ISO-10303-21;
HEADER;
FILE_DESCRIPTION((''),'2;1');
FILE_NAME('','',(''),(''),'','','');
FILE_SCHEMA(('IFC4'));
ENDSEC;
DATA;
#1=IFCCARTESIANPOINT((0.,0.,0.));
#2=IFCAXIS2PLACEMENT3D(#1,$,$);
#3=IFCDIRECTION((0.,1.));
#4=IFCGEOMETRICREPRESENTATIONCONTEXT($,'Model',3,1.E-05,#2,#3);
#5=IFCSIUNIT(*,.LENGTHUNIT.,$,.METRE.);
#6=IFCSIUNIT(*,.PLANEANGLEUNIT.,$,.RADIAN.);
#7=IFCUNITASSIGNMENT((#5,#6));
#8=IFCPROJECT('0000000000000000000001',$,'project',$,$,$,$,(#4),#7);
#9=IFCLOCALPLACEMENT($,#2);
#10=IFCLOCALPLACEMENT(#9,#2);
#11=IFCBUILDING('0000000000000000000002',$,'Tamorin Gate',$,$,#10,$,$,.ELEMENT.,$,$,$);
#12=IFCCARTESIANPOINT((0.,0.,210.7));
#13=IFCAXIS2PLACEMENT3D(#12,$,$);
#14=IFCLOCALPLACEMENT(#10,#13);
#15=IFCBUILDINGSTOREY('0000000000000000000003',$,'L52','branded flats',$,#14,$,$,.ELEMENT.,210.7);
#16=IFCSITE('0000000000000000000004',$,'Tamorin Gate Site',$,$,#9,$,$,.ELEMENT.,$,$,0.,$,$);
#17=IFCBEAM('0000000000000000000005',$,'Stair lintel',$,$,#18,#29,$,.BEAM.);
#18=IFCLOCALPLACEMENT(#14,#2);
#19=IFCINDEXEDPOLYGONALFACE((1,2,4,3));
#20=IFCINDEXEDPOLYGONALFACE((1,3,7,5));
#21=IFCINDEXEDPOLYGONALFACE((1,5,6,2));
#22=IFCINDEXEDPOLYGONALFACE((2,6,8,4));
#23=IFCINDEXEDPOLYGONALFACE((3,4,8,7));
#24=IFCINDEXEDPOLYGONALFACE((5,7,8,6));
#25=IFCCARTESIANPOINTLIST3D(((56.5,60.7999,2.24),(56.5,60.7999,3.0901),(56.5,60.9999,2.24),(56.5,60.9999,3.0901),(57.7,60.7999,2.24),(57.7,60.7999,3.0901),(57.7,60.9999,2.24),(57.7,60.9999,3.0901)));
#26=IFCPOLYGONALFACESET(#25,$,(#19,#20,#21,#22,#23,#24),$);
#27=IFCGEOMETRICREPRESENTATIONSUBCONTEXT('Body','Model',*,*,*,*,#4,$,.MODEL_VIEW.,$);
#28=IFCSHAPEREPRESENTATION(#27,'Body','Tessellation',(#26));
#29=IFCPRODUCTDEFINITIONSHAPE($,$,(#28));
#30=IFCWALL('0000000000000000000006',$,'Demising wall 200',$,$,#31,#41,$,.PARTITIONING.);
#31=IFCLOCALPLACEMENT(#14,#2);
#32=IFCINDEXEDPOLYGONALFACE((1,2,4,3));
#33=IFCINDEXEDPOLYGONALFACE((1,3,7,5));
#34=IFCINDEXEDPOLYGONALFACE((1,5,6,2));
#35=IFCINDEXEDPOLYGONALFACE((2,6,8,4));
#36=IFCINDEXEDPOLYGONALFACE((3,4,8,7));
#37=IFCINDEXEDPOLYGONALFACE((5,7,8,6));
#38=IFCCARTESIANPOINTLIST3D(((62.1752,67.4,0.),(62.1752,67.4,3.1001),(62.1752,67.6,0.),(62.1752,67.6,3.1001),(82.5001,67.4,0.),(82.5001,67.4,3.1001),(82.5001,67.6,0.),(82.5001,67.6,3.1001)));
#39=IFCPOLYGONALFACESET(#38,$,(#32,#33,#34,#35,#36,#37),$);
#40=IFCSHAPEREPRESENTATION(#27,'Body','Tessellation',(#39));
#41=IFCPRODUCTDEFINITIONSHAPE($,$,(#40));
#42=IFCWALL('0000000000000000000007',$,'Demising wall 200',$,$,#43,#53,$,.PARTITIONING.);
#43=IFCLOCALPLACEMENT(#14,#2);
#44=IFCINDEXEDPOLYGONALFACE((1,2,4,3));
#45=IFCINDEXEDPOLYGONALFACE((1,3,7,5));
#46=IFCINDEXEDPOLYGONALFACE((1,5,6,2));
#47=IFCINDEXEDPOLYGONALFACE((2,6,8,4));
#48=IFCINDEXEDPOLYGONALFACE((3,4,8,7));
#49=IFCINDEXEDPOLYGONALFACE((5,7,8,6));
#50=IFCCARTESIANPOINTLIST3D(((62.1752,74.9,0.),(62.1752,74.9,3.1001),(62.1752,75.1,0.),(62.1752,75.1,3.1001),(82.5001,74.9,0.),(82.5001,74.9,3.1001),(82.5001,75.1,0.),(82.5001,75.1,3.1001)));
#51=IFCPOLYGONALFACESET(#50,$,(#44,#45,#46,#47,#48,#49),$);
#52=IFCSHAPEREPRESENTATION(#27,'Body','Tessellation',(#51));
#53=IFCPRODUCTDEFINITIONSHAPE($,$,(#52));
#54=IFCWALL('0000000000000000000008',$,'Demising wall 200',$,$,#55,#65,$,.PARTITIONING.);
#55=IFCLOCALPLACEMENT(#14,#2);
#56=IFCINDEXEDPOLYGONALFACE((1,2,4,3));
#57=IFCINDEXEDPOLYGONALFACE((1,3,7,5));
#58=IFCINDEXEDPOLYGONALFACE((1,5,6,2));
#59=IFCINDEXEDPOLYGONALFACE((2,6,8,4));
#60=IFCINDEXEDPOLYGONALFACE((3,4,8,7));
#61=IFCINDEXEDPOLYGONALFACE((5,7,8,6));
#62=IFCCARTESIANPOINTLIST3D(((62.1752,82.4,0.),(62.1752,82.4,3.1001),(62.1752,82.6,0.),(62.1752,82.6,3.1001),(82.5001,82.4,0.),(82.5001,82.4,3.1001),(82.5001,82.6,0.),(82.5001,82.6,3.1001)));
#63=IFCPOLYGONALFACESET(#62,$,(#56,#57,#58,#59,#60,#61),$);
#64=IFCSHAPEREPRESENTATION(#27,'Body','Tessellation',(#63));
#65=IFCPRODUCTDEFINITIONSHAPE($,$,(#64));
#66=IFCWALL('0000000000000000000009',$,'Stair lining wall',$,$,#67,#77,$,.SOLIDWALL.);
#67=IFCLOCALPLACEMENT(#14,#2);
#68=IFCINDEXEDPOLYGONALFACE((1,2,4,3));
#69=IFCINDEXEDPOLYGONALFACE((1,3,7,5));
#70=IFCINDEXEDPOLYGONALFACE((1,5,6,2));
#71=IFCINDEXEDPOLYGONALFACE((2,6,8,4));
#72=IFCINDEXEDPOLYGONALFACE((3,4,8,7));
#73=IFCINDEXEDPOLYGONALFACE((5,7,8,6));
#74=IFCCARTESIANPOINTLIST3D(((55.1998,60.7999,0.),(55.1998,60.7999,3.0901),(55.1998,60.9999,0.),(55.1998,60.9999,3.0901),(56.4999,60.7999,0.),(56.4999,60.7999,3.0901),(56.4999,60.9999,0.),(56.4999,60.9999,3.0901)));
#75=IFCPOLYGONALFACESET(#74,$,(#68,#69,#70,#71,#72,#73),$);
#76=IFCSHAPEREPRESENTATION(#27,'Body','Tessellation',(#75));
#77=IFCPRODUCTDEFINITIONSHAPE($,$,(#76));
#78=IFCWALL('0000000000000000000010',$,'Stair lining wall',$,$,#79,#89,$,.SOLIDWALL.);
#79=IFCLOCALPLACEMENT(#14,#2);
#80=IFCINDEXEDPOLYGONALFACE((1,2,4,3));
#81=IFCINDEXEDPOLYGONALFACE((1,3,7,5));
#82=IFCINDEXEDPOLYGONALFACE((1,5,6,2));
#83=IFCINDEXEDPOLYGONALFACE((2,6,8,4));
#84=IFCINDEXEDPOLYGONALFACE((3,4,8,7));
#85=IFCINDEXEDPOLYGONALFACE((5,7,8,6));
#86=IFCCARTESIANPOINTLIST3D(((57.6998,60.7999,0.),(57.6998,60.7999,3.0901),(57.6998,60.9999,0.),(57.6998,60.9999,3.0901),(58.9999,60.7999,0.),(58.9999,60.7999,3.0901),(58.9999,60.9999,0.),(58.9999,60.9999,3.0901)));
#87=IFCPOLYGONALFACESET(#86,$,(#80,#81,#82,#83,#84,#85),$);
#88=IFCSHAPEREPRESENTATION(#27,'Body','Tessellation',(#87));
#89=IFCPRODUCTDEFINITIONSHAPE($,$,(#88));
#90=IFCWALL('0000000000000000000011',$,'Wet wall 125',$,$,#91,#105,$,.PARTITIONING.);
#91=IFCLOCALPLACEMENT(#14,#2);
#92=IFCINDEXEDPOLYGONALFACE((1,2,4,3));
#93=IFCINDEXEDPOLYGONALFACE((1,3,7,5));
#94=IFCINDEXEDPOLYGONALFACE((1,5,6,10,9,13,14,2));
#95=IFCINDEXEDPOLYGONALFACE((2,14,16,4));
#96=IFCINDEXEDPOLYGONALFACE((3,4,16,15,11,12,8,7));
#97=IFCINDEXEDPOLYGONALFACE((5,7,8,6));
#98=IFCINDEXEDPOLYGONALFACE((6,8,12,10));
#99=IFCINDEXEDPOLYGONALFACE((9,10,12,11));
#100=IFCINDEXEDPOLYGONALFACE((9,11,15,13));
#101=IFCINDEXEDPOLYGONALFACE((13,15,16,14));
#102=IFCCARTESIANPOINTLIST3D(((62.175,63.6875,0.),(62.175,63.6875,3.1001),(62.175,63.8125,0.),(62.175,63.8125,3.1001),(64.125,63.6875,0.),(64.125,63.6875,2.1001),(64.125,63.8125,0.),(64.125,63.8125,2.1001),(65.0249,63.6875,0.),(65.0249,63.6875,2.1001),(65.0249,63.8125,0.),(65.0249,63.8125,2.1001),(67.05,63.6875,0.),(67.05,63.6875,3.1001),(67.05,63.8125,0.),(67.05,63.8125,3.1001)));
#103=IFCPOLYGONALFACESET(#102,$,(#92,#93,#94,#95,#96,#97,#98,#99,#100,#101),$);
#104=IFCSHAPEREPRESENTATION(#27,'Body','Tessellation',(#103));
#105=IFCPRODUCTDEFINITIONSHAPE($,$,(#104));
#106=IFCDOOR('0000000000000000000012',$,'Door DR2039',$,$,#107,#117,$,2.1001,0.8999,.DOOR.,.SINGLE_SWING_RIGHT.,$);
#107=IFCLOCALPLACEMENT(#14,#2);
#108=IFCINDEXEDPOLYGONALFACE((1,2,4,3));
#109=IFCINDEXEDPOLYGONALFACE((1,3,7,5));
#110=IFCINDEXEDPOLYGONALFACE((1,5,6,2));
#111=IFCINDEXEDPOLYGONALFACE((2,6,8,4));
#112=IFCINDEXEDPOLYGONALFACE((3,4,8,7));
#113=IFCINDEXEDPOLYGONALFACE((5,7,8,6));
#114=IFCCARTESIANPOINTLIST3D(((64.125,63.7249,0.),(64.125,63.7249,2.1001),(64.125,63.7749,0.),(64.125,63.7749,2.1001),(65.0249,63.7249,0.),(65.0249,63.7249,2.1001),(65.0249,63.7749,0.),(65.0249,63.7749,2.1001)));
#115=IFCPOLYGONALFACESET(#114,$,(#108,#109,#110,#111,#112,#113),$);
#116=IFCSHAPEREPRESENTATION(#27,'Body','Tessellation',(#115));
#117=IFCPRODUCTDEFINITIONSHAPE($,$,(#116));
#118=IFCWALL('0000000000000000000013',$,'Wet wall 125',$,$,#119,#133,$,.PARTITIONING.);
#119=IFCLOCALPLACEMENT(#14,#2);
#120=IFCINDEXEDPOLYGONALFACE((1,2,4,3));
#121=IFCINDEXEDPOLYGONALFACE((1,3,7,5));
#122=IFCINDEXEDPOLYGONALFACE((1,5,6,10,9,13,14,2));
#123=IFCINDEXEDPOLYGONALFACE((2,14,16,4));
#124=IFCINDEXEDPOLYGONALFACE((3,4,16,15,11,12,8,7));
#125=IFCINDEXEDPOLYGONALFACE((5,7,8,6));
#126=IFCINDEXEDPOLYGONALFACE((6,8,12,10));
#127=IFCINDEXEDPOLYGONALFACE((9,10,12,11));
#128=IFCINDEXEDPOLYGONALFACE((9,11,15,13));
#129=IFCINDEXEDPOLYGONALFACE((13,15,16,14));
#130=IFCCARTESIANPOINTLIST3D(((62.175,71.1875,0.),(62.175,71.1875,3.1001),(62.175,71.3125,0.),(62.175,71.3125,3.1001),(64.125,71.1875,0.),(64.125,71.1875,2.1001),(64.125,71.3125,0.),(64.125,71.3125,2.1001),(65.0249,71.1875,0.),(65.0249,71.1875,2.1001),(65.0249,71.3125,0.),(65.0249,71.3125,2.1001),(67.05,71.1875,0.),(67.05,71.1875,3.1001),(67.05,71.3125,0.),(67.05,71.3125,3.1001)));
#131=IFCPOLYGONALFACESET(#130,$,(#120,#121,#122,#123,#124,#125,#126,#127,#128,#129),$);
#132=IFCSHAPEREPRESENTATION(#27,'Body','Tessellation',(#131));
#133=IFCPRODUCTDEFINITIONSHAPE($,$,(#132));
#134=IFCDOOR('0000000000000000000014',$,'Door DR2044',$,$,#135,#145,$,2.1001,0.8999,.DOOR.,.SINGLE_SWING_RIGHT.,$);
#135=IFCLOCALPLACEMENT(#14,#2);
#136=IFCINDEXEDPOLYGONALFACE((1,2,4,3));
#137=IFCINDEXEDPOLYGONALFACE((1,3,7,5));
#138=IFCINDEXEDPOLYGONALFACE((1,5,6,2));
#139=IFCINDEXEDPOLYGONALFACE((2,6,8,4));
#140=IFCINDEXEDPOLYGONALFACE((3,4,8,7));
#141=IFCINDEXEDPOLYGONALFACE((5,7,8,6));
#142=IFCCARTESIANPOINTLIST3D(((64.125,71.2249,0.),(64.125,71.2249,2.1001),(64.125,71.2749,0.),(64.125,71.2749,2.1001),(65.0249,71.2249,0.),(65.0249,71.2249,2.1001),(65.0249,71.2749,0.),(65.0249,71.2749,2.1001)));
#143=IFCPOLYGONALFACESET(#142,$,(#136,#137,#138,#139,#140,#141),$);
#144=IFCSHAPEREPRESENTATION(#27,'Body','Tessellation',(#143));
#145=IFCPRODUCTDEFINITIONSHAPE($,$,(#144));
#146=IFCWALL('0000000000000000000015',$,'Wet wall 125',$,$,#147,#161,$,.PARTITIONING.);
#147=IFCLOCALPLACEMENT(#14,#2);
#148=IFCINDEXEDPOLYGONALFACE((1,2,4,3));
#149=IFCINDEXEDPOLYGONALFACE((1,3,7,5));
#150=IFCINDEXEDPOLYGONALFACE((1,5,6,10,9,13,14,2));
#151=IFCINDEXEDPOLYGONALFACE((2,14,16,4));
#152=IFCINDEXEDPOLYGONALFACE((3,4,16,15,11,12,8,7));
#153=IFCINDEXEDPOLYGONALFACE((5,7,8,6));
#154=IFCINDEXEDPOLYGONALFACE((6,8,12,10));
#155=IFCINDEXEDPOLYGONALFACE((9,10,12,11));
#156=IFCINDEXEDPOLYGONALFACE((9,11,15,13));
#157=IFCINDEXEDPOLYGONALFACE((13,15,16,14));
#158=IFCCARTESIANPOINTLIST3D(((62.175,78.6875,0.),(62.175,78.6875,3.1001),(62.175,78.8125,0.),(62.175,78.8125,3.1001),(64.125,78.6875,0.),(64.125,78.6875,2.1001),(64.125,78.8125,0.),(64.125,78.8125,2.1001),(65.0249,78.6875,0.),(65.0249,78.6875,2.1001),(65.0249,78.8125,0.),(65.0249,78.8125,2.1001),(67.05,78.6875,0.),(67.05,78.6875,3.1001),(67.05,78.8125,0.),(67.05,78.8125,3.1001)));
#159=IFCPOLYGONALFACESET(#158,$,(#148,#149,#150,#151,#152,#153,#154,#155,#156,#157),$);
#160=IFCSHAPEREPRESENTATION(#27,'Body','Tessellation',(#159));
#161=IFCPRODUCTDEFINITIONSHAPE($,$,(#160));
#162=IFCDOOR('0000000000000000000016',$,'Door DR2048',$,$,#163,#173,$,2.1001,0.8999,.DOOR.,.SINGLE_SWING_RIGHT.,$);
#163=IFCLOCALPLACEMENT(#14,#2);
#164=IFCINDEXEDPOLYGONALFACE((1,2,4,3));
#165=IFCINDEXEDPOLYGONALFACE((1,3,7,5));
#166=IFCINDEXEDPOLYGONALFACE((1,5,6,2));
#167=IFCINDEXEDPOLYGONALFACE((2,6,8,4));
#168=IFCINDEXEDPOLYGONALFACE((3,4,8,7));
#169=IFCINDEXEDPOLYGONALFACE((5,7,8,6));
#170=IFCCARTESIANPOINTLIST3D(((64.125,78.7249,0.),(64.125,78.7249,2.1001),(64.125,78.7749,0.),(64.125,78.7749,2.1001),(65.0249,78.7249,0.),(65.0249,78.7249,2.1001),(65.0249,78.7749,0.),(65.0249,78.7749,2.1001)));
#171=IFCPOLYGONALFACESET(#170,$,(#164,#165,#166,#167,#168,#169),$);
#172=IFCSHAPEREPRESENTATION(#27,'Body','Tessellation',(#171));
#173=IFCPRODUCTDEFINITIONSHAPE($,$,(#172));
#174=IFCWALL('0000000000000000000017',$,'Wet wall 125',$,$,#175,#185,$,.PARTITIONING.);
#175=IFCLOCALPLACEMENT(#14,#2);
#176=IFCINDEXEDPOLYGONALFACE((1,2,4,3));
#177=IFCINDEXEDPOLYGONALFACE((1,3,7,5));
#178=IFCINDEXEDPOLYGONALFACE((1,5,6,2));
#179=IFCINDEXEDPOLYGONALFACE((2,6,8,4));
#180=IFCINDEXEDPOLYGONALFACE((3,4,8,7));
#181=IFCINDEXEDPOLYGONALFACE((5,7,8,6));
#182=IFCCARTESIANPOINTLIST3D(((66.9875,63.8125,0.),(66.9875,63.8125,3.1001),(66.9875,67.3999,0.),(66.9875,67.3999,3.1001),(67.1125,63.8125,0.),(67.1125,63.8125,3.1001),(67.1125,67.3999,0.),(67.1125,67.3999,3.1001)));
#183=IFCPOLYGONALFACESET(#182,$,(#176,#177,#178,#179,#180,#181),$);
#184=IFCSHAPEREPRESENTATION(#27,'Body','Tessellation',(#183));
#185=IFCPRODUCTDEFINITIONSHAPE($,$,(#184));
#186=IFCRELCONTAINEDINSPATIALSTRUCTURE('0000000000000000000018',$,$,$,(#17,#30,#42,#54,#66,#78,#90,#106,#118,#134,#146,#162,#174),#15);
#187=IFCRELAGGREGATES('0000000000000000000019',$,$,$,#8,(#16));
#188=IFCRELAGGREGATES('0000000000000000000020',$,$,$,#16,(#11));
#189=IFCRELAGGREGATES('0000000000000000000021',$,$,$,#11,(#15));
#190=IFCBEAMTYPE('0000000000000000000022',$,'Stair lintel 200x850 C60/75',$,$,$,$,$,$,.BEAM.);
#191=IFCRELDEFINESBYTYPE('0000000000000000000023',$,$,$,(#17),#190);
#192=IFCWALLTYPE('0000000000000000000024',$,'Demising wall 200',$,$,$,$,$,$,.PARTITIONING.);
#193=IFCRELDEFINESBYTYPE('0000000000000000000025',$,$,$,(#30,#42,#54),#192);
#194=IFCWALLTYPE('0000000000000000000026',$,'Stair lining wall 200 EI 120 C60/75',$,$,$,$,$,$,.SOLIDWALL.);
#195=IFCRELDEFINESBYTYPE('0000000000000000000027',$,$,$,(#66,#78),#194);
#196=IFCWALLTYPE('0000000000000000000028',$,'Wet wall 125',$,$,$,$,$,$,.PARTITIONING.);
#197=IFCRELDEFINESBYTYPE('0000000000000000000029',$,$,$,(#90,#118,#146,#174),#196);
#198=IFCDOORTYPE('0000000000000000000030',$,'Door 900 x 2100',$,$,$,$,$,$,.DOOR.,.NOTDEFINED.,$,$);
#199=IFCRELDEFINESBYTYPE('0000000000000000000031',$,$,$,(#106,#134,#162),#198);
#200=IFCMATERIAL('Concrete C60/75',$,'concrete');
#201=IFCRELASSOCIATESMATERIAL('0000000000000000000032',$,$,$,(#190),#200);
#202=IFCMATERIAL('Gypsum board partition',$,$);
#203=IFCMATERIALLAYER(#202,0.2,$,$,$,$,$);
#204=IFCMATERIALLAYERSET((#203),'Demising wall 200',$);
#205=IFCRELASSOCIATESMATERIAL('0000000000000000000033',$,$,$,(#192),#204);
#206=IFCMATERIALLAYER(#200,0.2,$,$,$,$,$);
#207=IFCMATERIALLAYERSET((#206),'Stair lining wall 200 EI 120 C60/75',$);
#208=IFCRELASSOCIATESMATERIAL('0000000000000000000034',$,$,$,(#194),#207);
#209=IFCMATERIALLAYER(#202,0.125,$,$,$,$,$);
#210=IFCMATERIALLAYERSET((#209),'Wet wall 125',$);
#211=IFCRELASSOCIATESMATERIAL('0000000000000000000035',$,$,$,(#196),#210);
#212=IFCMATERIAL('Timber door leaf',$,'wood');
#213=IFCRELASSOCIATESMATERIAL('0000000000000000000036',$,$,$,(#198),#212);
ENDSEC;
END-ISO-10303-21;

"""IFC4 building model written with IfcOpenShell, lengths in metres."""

from ifc_helpers import new_model, si_unit, direction, frame, frame_2d, origin, origin_2d, place, context, subcontext, project, spatial, rectangle, extrude, material, layer, layer_set, material_profile, profile_set, type_object, element, fill, save


model = new_model("IFC4")

# Units and contexts
model_context = context("Model", 3, precision=1e-05, world=origin(), true_north=direction((0.0, 1.0)))
body_context = subcontext(model_context, "Body", "Model", "MODEL_VIEW")
ifc_project = project(units=[si_unit("LENGTHUNIT", "METRE"), si_unit("PLANEANGLEUNIT", "RADIAN")], contexts=[model_context])

# Site, building, storey
site_placement = place(None, origin())
site = spatial("IfcSite", under=ifc_project, at=site_placement, Name="Tamorin Gate Site", CompositionType="ELEMENT", RefElevation=0.0)
building_placement = place(site_placement, origin())
building = spatial("IfcBuilding", under=site, at=building_placement, Name="Tamorin Gate", CompositionType="ELEMENT")
storey_placement = place(building_placement, frame((0.0, 0.0, 210.7)))
storey = spatial("IfcBuildingStorey", under=building, at=storey_placement, Name="L52", Description="branded flats", CompositionType="ELEMENT", Elevation=210.7)

# Beam
ifc_material_1 = material(Name="Concrete C60/75", Category="concrete")
ifc_material_profile = material_profile(ifc_material_1, rectangle(XDim=0.2, YDim=0.8501, at=origin_2d()))
ifc_profile_set = profile_set([ifc_material_profile], Name="Concrete C60/75")
beam_type = type_object("IfcBeamType", Name="Stair lintel 200x850 C60/75", PredefinedType="BEAM", material=ifc_profile_set)
beam_placement = place(storey_placement, frame((56.5, 60.8999, 2.665), z_axis=(1.0, 0.0, 0.0), x_axis=(0.0, 1.0, 0.0)))
element("IfcBeam", 1, at=beam_placement, inside=storey, type_object=beam_type, Name="Stair lintel", PredefinedType="BEAM", context=body_context, shape_type="SweptSolid", body=[
    extrude(rectangle(XDim=0.2, YDim=0.8501, at=origin_2d()), origin(), (0.0, 0.0, 1.0), 1.2),
])

# Walls
ifc_material_2 = material(Name="Gypsum board partition")
ifc_layer_1 = layer(ifc_material_2, 0.2)
ifc_layer_set_1 = layer_set([ifc_layer_1], Name="Demising wall 200")
wall_type_1 = type_object("IfcWallType", Name="Demising wall 200", PredefinedType="PARTITIONING", material=ifc_layer_set_1)
for number, where, z_axis, x_axis, name in (
    (2, (62.175, 67.5, 0.0), (0.0, 0.0, 1.0), (1.0, 0.0, 0.0), "Demising wall 200"),
    (3, (62.175, 75.0, 0.0), (0.0, 0.0, 1.0), (1.0, 0.0, 0.0), "Demising wall 200"),
    (4, (62.175, 82.5, 0.0), (0.0, 0.0, 1.0), (1.0, 0.0, 0.0), "Demising wall 200"),
):
    element("IfcWall", number, at=place(storey_placement, frame(where, z_axis=z_axis, x_axis=x_axis)), inside=storey, type_object=wall_type_1, Name=name, PredefinedType="PARTITIONING", context=body_context, shape_type="SweptSolid", body=[
        extrude(rectangle(XDim=20.325, YDim=0.2, at=frame_2d((10.1626, 0.0))), origin(), (0.0, 0.0, 1.0), 3.1001),
    ])
ifc_layer_2 = layer(ifc_material_1, 0.2)
ifc_layer_set_2 = layer_set([ifc_layer_2], Name="Stair lining wall 200 EI 120 C60/75")
wall_type_2 = type_object("IfcWallType", Name="Stair lining wall 200 EI 120 C60/75", PredefinedType="SOLIDWALL", material=ifc_layer_set_2)
for number, where, z_axis, x_axis, name in (
    (5, (55.2, 60.8999, 0.0), (0.0, 0.0, 1.0), (1.0, 0.0, 0.0), "Stair lining wall"),
    (6, (57.7, 60.8999, 0.0), (0.0, 0.0, 1.0), (1.0, 0.0, 0.0), "Stair lining wall"),
):
    element("IfcWall", number, at=place(storey_placement, frame(where, z_axis=z_axis, x_axis=x_axis)), inside=storey, type_object=wall_type_2, Name=name, PredefinedType="SOLIDWALL", context=body_context, shape_type="SweptSolid", body=[
        extrude(rectangle(XDim=1.3, YDim=0.2, at=frame_2d((0.6499, 0.0))), origin(), (0.0, 0.0, 1.0), 3.0901),
    ])

# Walls, openings, doors
ifc_layer_3 = layer(ifc_material_2, 0.125)
ifc_layer_set_3 = layer_set([ifc_layer_3], Name="Wet wall 125")
wall_type_3 = type_object("IfcWallType", Name="Wet wall 125", PredefinedType="PARTITIONING", material=ifc_layer_set_3)
wall_1_placement = place(storey_placement, frame((62.175, 63.75, 0.0), z_axis=(0.0, 0.0, 1.0), x_axis=(1.0, 0.0, 0.0)))
wall_1 = element("IfcWall", 7, at=wall_1_placement, inside=storey, type_object=wall_type_3, Name="Wet wall 125", PredefinedType="PARTITIONING", context=body_context, shape_type="SweptSolid", body=[
    extrude(rectangle(XDim=4.875, YDim=0.125, at=frame_2d((2.4375, 0.0))), origin(), (0.0, 0.0, 1.0), 3.1001),
])
opening_1_placement = place(wall_1_placement, frame((1.95, 0.0, 0.0)))
opening_1 = element("IfcOpeningElement", 8, at=opening_1_placement, cuts=wall_1, PredefinedType="OPENING", context=body_context, shape_type="SweptSolid", body=[
    extrude(rectangle(XDim=0.8999, YDim=2.1001, at=frame_2d((0.45, 1.05))), frame((0.0, 0.0725, 0.0), z_axis=(0.0, -1.0, 0.0), x_axis=(1.0, 0.0, 0.0)), (0.0, 0.0, 1.0), 0.145),
])
ifc_material_3 = material(Name="Timber door leaf", Category="wood")
door_type = type_object("IfcDoorType", Name="Door 900 x 2100", OperationType="NOTDEFINED", PredefinedType="DOOR", material=ifc_material_3)
door_1_placement = place(opening_1_placement, origin())
door_1 = element("IfcDoor", 9, at=door_1_placement, inside=storey, type_object=door_type, Name="Door DR2039", OperationType="SINGLE_SWING_RIGHT", OverallHeight=2.1001, OverallWidth=0.8999, PredefinedType="DOOR", context=body_context, shape_type="SweptSolid", body=[
    extrude(rectangle(XDim=0.8999, YDim=2.1001, at=frame_2d((0.45, 1.05))), frame((0.0, 0.0249, 0.0), z_axis=(0.0, -1.0, 0.0), x_axis=(1.0, 0.0, 0.0)), (0.0, 0.0, 1.0), 0.05),
])
fill(opening_1, door_1)
wall_2_placement = place(storey_placement, frame((62.175, 71.25, 0.0), z_axis=(0.0, 0.0, 1.0), x_axis=(1.0, 0.0, 0.0)))
wall_2 = element("IfcWall", 10, at=wall_2_placement, inside=storey, type_object=wall_type_3, Name="Wet wall 125", PredefinedType="PARTITIONING", context=body_context, shape_type="SweptSolid", body=[
    extrude(rectangle(XDim=4.875, YDim=0.125, at=frame_2d((2.4375, 0.0))), origin(), (0.0, 0.0, 1.0), 3.1001),
])
opening_2_placement = place(wall_2_placement, frame((1.95, 0.0, 0.0)))
opening_2 = element("IfcOpeningElement", 11, at=opening_2_placement, cuts=wall_2, PredefinedType="OPENING", context=body_context, shape_type="SweptSolid", body=[
    extrude(rectangle(XDim=0.8999, YDim=2.1001, at=frame_2d((0.45, 1.05))), frame((0.0, 0.0725, 0.0), z_axis=(0.0, -1.0, 0.0), x_axis=(1.0, 0.0, 0.0)), (0.0, 0.0, 1.0), 0.145),
])
door_2_placement = place(opening_2_placement, origin())
door_2 = element("IfcDoor", 12, at=door_2_placement, inside=storey, type_object=door_type, Name="Door DR2044", OperationType="SINGLE_SWING_RIGHT", OverallHeight=2.1001, OverallWidth=0.8999, PredefinedType="DOOR", context=body_context, shape_type="SweptSolid", body=[
    extrude(rectangle(XDim=0.8999, YDim=2.1001, at=frame_2d((0.45, 1.05))), frame((0.0, 0.0249, 0.0), z_axis=(0.0, -1.0, 0.0), x_axis=(1.0, 0.0, 0.0)), (0.0, 0.0, 1.0), 0.05),
])
fill(opening_2, door_2)
wall_3_placement = place(storey_placement, frame((62.175, 78.75, 0.0), z_axis=(0.0, 0.0, 1.0), x_axis=(1.0, 0.0, 0.0)))
wall_3 = element("IfcWall", 13, at=wall_3_placement, inside=storey, type_object=wall_type_3, Name="Wet wall 125", PredefinedType="PARTITIONING", context=body_context, shape_type="SweptSolid", body=[
    extrude(rectangle(XDim=4.875, YDim=0.125, at=frame_2d((2.4375, 0.0))), origin(), (0.0, 0.0, 1.0), 3.1001),
])
opening_3_placement = place(wall_3_placement, frame((1.95, 0.0, 0.0)))
opening_3 = element("IfcOpeningElement", 14, at=opening_3_placement, cuts=wall_3, PredefinedType="OPENING", context=body_context, shape_type="SweptSolid", body=[
    extrude(rectangle(XDim=0.8999, YDim=2.1001, at=frame_2d((0.45, 1.05))), frame((0.0, 0.0725, 0.0), z_axis=(0.0, -1.0, 0.0), x_axis=(1.0, 0.0, 0.0)), (0.0, 0.0, 1.0), 0.145),
])
door_3_placement = place(opening_3_placement, origin())
door_3 = element("IfcDoor", 15, at=door_3_placement, inside=storey, type_object=door_type, Name="Door DR2048", OperationType="SINGLE_SWING_RIGHT", OverallHeight=2.1001, OverallWidth=0.8999, PredefinedType="DOOR", context=body_context, shape_type="SweptSolid", body=[
    extrude(rectangle(XDim=0.8999, YDim=2.1001, at=frame_2d((0.45, 1.05))), frame((0.0, 0.0249, 0.0), z_axis=(0.0, -1.0, 0.0), x_axis=(1.0, 0.0, 0.0)), (0.0, 0.0, 1.0), 0.05),
])
fill(opening_3, door_3)

# Wall
for number, where, z_axis, x_axis, name in (
    (16, (67.05, 63.8125, 0.0), (0.0, 0.0, 1.0), (0.0, 1.0, 0.0), "Wet wall 125"),
):
    element("IfcWall", number, at=place(storey_placement, frame(where, z_axis=z_axis, x_axis=x_axis)), inside=storey, type_object=wall_type_3, Name=name, PredefinedType="PARTITIONING", context=body_context, shape_type="SweptSolid", body=[
        extrude(rectangle(XDim=3.5874, YDim=0.125, at=frame_2d((1.7937, 0.0))), origin(), (0.0, 0.0, 1.0), 3.1001),
    ])

save(model, "model.ifc")
